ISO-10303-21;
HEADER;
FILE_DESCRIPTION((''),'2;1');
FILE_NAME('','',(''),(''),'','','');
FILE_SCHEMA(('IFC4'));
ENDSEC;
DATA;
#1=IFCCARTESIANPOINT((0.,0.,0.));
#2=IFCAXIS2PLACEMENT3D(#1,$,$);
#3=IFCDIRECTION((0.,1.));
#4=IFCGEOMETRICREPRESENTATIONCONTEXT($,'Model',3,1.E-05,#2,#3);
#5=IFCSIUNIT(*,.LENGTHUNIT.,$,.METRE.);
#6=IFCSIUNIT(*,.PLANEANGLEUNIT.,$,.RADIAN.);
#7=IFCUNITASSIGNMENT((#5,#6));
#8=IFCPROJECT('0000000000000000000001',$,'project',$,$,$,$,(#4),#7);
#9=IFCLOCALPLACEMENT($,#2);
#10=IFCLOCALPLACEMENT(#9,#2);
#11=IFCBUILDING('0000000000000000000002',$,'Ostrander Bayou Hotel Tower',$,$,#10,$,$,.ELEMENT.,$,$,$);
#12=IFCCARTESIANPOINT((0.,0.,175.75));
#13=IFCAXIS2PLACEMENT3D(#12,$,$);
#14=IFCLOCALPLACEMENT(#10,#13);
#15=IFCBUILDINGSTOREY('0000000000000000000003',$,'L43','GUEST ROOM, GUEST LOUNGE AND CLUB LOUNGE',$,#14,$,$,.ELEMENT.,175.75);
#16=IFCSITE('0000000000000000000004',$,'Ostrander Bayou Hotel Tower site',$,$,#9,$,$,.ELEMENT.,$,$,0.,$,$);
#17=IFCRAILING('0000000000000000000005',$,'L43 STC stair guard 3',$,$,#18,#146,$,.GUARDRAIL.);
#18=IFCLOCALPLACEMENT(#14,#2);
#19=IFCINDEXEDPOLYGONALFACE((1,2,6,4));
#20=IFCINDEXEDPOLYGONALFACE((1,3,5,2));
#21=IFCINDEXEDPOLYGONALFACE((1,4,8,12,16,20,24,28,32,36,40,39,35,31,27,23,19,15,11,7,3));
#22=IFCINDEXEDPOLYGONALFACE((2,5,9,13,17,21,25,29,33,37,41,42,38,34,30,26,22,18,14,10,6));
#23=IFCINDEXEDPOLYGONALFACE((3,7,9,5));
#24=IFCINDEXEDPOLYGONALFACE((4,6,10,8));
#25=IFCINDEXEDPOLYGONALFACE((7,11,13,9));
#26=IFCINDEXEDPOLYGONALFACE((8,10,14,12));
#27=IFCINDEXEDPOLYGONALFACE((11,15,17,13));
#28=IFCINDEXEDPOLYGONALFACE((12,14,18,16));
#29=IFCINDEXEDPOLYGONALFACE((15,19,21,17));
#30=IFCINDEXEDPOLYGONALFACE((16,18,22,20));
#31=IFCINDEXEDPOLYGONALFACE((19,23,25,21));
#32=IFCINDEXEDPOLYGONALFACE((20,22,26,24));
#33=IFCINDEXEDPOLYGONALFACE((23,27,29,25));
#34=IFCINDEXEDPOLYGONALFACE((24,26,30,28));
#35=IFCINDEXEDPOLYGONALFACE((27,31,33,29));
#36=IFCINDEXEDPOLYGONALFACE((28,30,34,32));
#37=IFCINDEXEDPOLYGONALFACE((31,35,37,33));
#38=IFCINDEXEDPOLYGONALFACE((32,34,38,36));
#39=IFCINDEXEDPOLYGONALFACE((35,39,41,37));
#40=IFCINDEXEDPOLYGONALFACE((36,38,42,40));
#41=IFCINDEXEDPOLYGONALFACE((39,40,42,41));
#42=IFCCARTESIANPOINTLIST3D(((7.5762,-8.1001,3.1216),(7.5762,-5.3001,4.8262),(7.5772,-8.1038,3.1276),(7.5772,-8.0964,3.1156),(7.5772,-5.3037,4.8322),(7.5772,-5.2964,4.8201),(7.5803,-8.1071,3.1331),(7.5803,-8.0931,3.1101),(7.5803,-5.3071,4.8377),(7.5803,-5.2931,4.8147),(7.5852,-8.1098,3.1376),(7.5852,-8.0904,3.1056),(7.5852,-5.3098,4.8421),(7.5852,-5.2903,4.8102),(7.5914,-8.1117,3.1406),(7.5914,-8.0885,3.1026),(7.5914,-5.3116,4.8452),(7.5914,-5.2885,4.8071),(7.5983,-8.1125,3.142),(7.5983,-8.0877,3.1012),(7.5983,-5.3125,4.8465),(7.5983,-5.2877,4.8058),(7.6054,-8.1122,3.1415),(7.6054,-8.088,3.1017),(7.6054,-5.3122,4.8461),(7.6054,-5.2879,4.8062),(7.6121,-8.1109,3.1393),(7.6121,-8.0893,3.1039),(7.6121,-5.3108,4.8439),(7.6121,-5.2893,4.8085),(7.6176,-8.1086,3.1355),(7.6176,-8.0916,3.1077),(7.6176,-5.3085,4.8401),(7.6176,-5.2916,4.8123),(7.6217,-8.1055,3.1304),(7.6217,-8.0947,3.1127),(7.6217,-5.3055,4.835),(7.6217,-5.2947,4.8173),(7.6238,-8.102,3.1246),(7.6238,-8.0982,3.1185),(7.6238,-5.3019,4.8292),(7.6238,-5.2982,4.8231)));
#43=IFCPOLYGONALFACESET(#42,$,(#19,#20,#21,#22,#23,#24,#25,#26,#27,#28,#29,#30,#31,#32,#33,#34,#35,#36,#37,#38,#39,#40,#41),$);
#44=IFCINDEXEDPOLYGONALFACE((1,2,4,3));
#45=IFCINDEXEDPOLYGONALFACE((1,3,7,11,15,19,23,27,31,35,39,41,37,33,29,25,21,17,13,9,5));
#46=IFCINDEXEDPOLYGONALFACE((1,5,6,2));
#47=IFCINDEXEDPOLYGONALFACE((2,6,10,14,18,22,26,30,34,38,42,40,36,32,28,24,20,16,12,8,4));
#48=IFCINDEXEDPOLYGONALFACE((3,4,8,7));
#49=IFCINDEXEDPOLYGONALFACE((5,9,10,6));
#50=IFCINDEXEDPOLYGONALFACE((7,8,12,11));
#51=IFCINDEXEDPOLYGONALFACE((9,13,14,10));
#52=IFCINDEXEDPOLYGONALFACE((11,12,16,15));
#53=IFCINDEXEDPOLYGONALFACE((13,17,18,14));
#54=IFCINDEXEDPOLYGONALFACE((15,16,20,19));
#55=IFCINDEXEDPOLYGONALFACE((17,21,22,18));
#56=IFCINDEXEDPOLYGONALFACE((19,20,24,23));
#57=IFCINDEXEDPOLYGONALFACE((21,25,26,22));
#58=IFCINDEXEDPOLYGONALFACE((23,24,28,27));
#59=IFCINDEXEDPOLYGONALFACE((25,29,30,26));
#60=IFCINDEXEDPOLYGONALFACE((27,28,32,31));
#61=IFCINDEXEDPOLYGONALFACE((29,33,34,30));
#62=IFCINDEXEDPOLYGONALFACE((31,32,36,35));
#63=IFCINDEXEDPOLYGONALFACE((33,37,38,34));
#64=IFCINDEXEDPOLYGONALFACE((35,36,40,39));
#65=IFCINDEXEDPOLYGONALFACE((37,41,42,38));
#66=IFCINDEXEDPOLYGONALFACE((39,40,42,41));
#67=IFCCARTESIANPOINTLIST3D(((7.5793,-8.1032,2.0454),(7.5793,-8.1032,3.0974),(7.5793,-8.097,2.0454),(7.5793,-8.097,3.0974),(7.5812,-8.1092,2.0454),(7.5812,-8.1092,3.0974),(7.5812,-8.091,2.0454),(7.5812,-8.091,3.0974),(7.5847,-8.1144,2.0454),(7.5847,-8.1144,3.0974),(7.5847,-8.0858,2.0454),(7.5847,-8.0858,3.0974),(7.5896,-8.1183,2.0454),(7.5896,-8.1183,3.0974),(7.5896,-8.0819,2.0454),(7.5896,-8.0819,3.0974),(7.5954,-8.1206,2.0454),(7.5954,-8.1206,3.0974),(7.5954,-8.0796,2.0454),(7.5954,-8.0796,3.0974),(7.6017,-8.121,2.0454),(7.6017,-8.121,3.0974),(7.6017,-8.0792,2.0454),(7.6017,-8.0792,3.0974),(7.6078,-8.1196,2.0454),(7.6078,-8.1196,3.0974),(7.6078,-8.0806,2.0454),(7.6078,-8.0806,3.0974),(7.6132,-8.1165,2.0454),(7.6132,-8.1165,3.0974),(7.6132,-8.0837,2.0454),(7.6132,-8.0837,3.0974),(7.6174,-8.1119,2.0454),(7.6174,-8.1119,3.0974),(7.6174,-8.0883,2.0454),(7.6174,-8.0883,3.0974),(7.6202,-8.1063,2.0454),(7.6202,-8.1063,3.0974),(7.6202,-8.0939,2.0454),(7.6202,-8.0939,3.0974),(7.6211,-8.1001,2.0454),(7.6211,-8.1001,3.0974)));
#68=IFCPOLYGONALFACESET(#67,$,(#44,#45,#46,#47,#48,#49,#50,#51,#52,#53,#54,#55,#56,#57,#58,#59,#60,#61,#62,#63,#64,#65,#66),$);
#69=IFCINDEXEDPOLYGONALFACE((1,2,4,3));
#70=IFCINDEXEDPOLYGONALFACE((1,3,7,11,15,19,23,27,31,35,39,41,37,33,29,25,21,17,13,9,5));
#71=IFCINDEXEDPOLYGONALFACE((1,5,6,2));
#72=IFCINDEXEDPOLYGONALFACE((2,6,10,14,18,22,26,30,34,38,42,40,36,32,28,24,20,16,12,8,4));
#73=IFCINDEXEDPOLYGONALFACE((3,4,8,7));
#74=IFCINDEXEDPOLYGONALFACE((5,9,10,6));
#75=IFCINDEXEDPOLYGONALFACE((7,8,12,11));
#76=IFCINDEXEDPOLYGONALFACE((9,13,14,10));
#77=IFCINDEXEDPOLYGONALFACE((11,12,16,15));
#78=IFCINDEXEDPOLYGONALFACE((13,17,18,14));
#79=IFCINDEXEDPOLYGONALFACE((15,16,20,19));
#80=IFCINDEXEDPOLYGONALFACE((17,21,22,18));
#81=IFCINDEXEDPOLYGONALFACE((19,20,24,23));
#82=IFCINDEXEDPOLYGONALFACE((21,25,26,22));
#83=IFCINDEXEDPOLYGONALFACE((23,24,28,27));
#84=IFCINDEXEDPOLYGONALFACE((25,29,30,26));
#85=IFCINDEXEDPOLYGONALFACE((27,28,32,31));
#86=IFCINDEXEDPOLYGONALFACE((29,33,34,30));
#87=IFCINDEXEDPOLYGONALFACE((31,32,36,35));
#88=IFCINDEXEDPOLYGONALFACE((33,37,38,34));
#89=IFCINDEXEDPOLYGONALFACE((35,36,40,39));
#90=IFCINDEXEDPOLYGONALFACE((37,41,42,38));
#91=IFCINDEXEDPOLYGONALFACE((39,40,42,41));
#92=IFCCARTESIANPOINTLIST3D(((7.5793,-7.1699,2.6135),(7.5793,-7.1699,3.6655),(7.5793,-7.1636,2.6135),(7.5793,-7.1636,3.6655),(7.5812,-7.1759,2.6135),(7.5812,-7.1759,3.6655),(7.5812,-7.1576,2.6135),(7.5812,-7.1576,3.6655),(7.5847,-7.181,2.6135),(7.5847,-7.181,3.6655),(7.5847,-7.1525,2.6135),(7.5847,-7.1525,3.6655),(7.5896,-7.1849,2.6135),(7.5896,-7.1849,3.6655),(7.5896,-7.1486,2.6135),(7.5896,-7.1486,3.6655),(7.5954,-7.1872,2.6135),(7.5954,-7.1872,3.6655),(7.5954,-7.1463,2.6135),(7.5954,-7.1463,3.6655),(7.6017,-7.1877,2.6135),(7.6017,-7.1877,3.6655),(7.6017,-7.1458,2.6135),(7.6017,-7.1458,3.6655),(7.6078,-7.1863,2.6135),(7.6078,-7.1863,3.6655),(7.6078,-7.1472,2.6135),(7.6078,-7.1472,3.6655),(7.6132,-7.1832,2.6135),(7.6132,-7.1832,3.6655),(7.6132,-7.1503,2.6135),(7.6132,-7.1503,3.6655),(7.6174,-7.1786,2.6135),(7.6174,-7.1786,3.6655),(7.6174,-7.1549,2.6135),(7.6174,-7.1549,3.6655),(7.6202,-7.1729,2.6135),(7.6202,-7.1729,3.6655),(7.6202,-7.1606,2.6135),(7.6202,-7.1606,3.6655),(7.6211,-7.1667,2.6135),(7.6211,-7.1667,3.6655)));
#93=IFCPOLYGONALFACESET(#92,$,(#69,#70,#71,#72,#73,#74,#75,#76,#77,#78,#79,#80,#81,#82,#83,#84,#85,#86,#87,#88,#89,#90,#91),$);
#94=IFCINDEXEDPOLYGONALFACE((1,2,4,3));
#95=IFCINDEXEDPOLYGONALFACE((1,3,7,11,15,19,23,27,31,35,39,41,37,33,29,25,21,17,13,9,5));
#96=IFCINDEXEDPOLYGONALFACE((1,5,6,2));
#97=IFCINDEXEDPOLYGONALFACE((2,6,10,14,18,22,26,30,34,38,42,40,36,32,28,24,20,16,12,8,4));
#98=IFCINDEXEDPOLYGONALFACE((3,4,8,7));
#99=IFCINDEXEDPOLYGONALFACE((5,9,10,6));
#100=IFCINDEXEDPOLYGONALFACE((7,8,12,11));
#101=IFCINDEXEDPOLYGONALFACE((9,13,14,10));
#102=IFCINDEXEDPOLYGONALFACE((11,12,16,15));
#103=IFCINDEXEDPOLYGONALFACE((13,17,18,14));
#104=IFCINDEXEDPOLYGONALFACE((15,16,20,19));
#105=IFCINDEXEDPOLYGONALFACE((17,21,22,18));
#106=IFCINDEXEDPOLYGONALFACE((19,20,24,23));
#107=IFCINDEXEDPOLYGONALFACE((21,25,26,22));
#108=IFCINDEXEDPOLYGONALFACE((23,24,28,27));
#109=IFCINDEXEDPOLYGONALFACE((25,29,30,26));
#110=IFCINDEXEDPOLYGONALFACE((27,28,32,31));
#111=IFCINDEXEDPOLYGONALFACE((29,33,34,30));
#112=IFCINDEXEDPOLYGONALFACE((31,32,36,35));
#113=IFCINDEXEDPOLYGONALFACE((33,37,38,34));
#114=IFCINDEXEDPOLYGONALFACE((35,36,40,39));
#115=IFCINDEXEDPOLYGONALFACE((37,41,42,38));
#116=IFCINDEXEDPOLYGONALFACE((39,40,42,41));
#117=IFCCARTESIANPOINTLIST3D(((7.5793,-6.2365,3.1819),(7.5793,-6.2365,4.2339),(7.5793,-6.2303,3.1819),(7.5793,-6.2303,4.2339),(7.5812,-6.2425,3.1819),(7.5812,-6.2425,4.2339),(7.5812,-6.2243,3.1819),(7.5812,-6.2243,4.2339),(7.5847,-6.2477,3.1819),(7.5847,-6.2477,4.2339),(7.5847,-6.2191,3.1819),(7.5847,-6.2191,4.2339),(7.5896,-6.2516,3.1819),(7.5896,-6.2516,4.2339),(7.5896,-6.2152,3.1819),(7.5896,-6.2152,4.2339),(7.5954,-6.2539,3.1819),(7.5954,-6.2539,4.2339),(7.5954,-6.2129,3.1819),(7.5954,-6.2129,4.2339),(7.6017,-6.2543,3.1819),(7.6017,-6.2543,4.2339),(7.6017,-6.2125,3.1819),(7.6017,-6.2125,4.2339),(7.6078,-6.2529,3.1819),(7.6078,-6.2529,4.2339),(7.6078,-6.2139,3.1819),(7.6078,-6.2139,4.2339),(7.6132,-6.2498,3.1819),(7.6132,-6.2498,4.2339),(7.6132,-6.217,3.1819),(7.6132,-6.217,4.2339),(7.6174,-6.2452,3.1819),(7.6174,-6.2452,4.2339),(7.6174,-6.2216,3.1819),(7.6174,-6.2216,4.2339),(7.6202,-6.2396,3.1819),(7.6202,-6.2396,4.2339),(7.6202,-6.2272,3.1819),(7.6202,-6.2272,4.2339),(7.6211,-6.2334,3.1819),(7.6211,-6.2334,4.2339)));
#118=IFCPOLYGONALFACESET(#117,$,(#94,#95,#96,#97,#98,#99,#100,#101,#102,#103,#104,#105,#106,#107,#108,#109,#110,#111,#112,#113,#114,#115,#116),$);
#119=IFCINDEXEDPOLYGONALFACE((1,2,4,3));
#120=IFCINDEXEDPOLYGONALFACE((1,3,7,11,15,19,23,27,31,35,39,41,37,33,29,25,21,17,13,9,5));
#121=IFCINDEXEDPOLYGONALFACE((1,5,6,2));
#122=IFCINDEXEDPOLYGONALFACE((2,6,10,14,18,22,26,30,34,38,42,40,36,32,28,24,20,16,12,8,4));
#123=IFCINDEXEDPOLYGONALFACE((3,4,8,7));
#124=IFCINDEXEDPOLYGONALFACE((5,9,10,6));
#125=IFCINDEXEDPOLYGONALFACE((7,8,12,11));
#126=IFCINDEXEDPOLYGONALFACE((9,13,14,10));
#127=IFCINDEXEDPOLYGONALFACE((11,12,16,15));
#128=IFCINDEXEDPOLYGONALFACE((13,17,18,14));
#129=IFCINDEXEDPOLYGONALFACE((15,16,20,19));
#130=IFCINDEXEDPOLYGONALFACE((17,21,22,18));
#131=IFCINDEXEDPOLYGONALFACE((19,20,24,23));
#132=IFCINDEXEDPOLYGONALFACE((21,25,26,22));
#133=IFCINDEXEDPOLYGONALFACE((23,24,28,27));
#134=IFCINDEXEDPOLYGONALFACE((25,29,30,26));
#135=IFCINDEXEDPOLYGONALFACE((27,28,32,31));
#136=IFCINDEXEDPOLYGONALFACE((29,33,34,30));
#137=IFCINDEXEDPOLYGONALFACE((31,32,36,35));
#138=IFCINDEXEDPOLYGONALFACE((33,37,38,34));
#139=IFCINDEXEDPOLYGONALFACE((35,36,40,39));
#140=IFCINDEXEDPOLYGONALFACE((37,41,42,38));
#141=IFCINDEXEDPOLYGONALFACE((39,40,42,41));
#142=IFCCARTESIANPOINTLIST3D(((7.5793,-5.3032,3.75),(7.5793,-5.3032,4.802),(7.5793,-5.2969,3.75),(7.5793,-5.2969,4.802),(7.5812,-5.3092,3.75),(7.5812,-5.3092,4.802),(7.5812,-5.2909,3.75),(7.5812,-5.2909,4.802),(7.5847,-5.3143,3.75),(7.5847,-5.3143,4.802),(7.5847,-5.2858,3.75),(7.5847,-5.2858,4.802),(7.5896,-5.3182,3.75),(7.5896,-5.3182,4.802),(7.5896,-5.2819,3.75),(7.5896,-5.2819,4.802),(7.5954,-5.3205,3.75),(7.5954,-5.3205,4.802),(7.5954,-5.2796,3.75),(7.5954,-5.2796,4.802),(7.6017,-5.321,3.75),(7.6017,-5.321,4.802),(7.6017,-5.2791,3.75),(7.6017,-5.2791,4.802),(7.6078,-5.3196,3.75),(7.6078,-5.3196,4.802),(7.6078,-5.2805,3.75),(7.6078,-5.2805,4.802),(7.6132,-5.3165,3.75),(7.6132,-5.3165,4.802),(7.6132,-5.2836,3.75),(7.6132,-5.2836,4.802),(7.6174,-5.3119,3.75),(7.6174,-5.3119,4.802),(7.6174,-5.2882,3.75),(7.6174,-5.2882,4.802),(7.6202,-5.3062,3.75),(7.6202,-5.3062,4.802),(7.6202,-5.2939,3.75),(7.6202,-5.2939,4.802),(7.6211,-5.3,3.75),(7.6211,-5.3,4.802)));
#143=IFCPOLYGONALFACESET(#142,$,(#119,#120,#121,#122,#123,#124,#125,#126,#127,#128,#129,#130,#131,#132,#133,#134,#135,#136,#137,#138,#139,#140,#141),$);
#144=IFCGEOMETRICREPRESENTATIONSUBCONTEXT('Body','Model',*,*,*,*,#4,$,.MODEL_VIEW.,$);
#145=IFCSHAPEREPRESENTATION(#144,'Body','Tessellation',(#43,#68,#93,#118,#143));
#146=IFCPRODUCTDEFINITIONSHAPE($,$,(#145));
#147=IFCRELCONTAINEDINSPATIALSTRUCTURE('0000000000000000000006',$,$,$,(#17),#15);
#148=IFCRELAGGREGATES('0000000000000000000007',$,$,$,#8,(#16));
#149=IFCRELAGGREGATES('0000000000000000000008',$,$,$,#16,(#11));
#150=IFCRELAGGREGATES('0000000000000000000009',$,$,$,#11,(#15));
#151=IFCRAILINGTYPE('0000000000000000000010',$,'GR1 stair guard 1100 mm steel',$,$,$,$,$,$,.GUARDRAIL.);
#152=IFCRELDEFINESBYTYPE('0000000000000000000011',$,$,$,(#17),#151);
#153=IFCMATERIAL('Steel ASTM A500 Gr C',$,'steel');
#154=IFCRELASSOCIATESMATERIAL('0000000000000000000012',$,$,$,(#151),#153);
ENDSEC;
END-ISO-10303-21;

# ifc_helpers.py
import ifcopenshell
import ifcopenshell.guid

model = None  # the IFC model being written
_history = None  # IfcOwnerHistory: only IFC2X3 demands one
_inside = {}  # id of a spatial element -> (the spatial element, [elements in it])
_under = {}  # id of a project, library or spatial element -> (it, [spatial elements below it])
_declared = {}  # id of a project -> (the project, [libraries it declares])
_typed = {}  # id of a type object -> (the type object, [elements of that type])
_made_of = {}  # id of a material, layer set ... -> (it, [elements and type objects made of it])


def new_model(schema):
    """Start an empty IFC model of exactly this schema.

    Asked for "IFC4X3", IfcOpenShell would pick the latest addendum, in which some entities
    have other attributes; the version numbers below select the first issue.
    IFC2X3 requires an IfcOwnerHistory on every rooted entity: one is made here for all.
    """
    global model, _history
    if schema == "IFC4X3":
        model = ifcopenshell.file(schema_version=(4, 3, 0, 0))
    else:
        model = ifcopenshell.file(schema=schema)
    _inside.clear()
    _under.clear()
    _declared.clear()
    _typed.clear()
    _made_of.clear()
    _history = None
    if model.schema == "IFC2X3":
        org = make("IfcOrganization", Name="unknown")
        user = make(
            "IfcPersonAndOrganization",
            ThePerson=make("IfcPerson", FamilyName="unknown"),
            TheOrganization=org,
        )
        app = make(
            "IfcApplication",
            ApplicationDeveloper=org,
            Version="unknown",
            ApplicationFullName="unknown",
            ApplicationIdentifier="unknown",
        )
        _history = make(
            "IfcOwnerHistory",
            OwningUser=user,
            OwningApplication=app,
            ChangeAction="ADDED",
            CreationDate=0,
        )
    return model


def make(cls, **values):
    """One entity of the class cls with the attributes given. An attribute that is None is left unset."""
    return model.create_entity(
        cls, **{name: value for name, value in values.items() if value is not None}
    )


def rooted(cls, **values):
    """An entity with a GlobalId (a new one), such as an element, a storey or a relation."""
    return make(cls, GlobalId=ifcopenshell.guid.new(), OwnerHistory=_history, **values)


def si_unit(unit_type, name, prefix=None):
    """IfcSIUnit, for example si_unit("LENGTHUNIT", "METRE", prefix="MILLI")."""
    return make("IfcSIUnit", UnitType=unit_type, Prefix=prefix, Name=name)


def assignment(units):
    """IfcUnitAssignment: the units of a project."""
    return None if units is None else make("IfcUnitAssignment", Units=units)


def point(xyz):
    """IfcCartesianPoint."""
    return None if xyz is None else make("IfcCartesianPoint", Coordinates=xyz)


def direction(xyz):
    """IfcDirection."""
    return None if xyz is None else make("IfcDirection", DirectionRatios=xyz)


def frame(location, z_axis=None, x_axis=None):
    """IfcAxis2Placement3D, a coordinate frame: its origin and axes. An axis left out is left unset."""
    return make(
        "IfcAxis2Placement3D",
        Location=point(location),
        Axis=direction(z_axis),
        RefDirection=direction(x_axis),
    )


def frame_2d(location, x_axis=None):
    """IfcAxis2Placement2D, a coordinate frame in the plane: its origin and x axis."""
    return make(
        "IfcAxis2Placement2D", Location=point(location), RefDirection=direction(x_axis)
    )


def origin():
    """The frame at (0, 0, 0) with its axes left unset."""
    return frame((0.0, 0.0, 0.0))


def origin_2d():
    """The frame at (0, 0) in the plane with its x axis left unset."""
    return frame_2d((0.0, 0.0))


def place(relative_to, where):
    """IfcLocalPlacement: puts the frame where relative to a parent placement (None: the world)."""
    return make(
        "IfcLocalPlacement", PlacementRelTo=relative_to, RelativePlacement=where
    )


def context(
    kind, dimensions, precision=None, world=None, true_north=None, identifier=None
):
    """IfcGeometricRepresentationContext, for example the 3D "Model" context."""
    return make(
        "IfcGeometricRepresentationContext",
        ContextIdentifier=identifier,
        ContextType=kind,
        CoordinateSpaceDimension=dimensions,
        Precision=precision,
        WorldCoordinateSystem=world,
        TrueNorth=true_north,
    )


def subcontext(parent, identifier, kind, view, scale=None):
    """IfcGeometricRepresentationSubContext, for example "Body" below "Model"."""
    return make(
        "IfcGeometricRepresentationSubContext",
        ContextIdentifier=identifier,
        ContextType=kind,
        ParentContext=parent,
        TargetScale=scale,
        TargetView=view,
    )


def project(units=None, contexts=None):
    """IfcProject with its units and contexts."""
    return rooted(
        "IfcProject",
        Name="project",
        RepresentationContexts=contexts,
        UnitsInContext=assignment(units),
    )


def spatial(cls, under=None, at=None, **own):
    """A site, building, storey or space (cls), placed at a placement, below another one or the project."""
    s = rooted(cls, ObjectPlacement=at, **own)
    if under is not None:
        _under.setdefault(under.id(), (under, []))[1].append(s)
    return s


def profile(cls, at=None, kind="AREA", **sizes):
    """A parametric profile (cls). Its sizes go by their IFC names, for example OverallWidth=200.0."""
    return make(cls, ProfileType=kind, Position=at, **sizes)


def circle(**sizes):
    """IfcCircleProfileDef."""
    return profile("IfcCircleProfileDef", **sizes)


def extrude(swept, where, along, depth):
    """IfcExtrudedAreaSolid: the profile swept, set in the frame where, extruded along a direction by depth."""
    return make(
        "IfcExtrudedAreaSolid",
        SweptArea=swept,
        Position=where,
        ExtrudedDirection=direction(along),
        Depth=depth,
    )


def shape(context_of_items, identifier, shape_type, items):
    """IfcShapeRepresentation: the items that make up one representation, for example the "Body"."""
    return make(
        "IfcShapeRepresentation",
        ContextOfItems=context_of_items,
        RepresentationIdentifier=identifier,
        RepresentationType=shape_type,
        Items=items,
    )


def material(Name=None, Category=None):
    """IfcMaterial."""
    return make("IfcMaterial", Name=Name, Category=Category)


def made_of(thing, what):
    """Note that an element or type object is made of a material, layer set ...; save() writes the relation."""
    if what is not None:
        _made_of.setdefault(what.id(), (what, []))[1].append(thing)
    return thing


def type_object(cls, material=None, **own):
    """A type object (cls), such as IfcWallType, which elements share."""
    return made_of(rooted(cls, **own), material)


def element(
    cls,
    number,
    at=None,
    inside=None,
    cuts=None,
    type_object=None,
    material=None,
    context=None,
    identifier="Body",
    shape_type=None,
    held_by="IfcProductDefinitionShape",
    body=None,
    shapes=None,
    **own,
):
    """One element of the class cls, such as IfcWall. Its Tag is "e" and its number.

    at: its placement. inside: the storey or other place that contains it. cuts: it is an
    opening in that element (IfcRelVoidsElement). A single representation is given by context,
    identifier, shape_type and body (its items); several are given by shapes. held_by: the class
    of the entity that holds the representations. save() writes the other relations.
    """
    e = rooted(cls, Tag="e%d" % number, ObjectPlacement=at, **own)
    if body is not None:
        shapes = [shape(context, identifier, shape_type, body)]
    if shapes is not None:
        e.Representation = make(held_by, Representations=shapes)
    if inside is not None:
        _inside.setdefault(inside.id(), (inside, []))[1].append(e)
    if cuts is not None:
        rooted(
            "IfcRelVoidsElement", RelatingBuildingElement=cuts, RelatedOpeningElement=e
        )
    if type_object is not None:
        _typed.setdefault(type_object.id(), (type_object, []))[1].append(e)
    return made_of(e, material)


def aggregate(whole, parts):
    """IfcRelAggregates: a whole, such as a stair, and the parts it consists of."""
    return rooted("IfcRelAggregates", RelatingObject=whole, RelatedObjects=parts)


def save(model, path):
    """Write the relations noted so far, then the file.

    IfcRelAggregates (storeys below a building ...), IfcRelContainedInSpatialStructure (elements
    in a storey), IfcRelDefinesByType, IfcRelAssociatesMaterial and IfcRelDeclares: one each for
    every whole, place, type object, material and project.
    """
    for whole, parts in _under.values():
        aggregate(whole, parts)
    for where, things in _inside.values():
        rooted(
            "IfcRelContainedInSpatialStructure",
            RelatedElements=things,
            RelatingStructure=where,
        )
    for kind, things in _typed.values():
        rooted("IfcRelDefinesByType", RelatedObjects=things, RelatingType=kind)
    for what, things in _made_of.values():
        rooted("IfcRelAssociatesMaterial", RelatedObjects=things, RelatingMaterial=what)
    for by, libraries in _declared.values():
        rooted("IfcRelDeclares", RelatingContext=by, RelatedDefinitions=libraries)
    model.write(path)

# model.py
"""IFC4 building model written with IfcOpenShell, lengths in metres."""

from ifc_helpers import new_model, si_unit, direction, frame, origin, origin_2d, place, context, subcontext, project, spatial, circle, extrude, material, type_object, element, save


model = new_model("IFC4")

# Units and contexts
model_context = context("Model", 3, precision=1e-05, world=origin(), true_north=direction((0.0, 1.0)))
body_context = subcontext(model_context, "Body", "Model", "MODEL_VIEW")
ifc_project = project(units=[si_unit("LENGTHUNIT", "METRE"), si_unit("PLANEANGLEUNIT", "RADIAN")], contexts=[model_context])

# Site, building, storey
site_placement = place(None, origin())
site = spatial("IfcSite", under=ifc_project, at=site_placement, Name="Ostrander Bayou Hotel Tower site", CompositionType="ELEMENT", RefElevation=0.0)
building_placement = place(site_placement, origin())
building = spatial("IfcBuilding", under=site, at=building_placement, Name="Ostrander Bayou Hotel Tower", CompositionType="ELEMENT")
storey_placement = place(building_placement, frame((0.0, 0.0, 175.75)))
storey = spatial("IfcBuildingStorey", under=building, at=storey_placement, Name="L43", Description="GUEST ROOM, GUEST LOUNGE AND CLUB LOUNGE", CompositionType="ELEMENT", Elevation=175.75)

# Railing
ifc_material_1 = material(Name="Steel ASTM A500 Gr C", Category="steel")
railing_type_1 = type_object("IfcRailingType", Name="GR1 stair guard 1100 mm steel", PredefinedType="GUARDRAIL", material=ifc_material_1)
railing_1_placement = place(storey_placement, frame((7.6001, -8.1001, 2.0454)))
element("IfcRailing", 1, at=railing_1_placement, inside=storey, type_object=railing_type_1, Name="L43 STC stair guard 3", PredefinedType="GUARDRAIL", context=body_context, shape_type="SweptSolid", body=[
    extrude(circle(Radius=0.0239, at=origin_2d()), frame((0.0, 0.0, 1.0762), z_axis=(0.0, 0.85417, 0.519994), x_axis=(-1.0, 0.0, 0.0)), (0.0, 0.0, 1.0), 3.2781),
    extrude(circle(Radius=0.021, at=origin_2d()), origin(), (0.0, 0.0, 1.0), 1.052),
    extrude(circle(Radius=0.021, at=origin_2d()), frame((0.0, 0.9333, 0.5681)), (0.0, 0.0, 1.0), 1.052),
    extrude(circle(Radius=0.021, at=origin_2d()), frame((0.0, 1.8667, 1.1365)), (0.0, 0.0, 1.0), 1.052),
    extrude(circle(Radius=0.021, at=origin_2d()), frame((0.0, 2.8, 1.7046)), (0.0, 0.0, 1.0), 1.052),
])

save(model, "model.ifc")
